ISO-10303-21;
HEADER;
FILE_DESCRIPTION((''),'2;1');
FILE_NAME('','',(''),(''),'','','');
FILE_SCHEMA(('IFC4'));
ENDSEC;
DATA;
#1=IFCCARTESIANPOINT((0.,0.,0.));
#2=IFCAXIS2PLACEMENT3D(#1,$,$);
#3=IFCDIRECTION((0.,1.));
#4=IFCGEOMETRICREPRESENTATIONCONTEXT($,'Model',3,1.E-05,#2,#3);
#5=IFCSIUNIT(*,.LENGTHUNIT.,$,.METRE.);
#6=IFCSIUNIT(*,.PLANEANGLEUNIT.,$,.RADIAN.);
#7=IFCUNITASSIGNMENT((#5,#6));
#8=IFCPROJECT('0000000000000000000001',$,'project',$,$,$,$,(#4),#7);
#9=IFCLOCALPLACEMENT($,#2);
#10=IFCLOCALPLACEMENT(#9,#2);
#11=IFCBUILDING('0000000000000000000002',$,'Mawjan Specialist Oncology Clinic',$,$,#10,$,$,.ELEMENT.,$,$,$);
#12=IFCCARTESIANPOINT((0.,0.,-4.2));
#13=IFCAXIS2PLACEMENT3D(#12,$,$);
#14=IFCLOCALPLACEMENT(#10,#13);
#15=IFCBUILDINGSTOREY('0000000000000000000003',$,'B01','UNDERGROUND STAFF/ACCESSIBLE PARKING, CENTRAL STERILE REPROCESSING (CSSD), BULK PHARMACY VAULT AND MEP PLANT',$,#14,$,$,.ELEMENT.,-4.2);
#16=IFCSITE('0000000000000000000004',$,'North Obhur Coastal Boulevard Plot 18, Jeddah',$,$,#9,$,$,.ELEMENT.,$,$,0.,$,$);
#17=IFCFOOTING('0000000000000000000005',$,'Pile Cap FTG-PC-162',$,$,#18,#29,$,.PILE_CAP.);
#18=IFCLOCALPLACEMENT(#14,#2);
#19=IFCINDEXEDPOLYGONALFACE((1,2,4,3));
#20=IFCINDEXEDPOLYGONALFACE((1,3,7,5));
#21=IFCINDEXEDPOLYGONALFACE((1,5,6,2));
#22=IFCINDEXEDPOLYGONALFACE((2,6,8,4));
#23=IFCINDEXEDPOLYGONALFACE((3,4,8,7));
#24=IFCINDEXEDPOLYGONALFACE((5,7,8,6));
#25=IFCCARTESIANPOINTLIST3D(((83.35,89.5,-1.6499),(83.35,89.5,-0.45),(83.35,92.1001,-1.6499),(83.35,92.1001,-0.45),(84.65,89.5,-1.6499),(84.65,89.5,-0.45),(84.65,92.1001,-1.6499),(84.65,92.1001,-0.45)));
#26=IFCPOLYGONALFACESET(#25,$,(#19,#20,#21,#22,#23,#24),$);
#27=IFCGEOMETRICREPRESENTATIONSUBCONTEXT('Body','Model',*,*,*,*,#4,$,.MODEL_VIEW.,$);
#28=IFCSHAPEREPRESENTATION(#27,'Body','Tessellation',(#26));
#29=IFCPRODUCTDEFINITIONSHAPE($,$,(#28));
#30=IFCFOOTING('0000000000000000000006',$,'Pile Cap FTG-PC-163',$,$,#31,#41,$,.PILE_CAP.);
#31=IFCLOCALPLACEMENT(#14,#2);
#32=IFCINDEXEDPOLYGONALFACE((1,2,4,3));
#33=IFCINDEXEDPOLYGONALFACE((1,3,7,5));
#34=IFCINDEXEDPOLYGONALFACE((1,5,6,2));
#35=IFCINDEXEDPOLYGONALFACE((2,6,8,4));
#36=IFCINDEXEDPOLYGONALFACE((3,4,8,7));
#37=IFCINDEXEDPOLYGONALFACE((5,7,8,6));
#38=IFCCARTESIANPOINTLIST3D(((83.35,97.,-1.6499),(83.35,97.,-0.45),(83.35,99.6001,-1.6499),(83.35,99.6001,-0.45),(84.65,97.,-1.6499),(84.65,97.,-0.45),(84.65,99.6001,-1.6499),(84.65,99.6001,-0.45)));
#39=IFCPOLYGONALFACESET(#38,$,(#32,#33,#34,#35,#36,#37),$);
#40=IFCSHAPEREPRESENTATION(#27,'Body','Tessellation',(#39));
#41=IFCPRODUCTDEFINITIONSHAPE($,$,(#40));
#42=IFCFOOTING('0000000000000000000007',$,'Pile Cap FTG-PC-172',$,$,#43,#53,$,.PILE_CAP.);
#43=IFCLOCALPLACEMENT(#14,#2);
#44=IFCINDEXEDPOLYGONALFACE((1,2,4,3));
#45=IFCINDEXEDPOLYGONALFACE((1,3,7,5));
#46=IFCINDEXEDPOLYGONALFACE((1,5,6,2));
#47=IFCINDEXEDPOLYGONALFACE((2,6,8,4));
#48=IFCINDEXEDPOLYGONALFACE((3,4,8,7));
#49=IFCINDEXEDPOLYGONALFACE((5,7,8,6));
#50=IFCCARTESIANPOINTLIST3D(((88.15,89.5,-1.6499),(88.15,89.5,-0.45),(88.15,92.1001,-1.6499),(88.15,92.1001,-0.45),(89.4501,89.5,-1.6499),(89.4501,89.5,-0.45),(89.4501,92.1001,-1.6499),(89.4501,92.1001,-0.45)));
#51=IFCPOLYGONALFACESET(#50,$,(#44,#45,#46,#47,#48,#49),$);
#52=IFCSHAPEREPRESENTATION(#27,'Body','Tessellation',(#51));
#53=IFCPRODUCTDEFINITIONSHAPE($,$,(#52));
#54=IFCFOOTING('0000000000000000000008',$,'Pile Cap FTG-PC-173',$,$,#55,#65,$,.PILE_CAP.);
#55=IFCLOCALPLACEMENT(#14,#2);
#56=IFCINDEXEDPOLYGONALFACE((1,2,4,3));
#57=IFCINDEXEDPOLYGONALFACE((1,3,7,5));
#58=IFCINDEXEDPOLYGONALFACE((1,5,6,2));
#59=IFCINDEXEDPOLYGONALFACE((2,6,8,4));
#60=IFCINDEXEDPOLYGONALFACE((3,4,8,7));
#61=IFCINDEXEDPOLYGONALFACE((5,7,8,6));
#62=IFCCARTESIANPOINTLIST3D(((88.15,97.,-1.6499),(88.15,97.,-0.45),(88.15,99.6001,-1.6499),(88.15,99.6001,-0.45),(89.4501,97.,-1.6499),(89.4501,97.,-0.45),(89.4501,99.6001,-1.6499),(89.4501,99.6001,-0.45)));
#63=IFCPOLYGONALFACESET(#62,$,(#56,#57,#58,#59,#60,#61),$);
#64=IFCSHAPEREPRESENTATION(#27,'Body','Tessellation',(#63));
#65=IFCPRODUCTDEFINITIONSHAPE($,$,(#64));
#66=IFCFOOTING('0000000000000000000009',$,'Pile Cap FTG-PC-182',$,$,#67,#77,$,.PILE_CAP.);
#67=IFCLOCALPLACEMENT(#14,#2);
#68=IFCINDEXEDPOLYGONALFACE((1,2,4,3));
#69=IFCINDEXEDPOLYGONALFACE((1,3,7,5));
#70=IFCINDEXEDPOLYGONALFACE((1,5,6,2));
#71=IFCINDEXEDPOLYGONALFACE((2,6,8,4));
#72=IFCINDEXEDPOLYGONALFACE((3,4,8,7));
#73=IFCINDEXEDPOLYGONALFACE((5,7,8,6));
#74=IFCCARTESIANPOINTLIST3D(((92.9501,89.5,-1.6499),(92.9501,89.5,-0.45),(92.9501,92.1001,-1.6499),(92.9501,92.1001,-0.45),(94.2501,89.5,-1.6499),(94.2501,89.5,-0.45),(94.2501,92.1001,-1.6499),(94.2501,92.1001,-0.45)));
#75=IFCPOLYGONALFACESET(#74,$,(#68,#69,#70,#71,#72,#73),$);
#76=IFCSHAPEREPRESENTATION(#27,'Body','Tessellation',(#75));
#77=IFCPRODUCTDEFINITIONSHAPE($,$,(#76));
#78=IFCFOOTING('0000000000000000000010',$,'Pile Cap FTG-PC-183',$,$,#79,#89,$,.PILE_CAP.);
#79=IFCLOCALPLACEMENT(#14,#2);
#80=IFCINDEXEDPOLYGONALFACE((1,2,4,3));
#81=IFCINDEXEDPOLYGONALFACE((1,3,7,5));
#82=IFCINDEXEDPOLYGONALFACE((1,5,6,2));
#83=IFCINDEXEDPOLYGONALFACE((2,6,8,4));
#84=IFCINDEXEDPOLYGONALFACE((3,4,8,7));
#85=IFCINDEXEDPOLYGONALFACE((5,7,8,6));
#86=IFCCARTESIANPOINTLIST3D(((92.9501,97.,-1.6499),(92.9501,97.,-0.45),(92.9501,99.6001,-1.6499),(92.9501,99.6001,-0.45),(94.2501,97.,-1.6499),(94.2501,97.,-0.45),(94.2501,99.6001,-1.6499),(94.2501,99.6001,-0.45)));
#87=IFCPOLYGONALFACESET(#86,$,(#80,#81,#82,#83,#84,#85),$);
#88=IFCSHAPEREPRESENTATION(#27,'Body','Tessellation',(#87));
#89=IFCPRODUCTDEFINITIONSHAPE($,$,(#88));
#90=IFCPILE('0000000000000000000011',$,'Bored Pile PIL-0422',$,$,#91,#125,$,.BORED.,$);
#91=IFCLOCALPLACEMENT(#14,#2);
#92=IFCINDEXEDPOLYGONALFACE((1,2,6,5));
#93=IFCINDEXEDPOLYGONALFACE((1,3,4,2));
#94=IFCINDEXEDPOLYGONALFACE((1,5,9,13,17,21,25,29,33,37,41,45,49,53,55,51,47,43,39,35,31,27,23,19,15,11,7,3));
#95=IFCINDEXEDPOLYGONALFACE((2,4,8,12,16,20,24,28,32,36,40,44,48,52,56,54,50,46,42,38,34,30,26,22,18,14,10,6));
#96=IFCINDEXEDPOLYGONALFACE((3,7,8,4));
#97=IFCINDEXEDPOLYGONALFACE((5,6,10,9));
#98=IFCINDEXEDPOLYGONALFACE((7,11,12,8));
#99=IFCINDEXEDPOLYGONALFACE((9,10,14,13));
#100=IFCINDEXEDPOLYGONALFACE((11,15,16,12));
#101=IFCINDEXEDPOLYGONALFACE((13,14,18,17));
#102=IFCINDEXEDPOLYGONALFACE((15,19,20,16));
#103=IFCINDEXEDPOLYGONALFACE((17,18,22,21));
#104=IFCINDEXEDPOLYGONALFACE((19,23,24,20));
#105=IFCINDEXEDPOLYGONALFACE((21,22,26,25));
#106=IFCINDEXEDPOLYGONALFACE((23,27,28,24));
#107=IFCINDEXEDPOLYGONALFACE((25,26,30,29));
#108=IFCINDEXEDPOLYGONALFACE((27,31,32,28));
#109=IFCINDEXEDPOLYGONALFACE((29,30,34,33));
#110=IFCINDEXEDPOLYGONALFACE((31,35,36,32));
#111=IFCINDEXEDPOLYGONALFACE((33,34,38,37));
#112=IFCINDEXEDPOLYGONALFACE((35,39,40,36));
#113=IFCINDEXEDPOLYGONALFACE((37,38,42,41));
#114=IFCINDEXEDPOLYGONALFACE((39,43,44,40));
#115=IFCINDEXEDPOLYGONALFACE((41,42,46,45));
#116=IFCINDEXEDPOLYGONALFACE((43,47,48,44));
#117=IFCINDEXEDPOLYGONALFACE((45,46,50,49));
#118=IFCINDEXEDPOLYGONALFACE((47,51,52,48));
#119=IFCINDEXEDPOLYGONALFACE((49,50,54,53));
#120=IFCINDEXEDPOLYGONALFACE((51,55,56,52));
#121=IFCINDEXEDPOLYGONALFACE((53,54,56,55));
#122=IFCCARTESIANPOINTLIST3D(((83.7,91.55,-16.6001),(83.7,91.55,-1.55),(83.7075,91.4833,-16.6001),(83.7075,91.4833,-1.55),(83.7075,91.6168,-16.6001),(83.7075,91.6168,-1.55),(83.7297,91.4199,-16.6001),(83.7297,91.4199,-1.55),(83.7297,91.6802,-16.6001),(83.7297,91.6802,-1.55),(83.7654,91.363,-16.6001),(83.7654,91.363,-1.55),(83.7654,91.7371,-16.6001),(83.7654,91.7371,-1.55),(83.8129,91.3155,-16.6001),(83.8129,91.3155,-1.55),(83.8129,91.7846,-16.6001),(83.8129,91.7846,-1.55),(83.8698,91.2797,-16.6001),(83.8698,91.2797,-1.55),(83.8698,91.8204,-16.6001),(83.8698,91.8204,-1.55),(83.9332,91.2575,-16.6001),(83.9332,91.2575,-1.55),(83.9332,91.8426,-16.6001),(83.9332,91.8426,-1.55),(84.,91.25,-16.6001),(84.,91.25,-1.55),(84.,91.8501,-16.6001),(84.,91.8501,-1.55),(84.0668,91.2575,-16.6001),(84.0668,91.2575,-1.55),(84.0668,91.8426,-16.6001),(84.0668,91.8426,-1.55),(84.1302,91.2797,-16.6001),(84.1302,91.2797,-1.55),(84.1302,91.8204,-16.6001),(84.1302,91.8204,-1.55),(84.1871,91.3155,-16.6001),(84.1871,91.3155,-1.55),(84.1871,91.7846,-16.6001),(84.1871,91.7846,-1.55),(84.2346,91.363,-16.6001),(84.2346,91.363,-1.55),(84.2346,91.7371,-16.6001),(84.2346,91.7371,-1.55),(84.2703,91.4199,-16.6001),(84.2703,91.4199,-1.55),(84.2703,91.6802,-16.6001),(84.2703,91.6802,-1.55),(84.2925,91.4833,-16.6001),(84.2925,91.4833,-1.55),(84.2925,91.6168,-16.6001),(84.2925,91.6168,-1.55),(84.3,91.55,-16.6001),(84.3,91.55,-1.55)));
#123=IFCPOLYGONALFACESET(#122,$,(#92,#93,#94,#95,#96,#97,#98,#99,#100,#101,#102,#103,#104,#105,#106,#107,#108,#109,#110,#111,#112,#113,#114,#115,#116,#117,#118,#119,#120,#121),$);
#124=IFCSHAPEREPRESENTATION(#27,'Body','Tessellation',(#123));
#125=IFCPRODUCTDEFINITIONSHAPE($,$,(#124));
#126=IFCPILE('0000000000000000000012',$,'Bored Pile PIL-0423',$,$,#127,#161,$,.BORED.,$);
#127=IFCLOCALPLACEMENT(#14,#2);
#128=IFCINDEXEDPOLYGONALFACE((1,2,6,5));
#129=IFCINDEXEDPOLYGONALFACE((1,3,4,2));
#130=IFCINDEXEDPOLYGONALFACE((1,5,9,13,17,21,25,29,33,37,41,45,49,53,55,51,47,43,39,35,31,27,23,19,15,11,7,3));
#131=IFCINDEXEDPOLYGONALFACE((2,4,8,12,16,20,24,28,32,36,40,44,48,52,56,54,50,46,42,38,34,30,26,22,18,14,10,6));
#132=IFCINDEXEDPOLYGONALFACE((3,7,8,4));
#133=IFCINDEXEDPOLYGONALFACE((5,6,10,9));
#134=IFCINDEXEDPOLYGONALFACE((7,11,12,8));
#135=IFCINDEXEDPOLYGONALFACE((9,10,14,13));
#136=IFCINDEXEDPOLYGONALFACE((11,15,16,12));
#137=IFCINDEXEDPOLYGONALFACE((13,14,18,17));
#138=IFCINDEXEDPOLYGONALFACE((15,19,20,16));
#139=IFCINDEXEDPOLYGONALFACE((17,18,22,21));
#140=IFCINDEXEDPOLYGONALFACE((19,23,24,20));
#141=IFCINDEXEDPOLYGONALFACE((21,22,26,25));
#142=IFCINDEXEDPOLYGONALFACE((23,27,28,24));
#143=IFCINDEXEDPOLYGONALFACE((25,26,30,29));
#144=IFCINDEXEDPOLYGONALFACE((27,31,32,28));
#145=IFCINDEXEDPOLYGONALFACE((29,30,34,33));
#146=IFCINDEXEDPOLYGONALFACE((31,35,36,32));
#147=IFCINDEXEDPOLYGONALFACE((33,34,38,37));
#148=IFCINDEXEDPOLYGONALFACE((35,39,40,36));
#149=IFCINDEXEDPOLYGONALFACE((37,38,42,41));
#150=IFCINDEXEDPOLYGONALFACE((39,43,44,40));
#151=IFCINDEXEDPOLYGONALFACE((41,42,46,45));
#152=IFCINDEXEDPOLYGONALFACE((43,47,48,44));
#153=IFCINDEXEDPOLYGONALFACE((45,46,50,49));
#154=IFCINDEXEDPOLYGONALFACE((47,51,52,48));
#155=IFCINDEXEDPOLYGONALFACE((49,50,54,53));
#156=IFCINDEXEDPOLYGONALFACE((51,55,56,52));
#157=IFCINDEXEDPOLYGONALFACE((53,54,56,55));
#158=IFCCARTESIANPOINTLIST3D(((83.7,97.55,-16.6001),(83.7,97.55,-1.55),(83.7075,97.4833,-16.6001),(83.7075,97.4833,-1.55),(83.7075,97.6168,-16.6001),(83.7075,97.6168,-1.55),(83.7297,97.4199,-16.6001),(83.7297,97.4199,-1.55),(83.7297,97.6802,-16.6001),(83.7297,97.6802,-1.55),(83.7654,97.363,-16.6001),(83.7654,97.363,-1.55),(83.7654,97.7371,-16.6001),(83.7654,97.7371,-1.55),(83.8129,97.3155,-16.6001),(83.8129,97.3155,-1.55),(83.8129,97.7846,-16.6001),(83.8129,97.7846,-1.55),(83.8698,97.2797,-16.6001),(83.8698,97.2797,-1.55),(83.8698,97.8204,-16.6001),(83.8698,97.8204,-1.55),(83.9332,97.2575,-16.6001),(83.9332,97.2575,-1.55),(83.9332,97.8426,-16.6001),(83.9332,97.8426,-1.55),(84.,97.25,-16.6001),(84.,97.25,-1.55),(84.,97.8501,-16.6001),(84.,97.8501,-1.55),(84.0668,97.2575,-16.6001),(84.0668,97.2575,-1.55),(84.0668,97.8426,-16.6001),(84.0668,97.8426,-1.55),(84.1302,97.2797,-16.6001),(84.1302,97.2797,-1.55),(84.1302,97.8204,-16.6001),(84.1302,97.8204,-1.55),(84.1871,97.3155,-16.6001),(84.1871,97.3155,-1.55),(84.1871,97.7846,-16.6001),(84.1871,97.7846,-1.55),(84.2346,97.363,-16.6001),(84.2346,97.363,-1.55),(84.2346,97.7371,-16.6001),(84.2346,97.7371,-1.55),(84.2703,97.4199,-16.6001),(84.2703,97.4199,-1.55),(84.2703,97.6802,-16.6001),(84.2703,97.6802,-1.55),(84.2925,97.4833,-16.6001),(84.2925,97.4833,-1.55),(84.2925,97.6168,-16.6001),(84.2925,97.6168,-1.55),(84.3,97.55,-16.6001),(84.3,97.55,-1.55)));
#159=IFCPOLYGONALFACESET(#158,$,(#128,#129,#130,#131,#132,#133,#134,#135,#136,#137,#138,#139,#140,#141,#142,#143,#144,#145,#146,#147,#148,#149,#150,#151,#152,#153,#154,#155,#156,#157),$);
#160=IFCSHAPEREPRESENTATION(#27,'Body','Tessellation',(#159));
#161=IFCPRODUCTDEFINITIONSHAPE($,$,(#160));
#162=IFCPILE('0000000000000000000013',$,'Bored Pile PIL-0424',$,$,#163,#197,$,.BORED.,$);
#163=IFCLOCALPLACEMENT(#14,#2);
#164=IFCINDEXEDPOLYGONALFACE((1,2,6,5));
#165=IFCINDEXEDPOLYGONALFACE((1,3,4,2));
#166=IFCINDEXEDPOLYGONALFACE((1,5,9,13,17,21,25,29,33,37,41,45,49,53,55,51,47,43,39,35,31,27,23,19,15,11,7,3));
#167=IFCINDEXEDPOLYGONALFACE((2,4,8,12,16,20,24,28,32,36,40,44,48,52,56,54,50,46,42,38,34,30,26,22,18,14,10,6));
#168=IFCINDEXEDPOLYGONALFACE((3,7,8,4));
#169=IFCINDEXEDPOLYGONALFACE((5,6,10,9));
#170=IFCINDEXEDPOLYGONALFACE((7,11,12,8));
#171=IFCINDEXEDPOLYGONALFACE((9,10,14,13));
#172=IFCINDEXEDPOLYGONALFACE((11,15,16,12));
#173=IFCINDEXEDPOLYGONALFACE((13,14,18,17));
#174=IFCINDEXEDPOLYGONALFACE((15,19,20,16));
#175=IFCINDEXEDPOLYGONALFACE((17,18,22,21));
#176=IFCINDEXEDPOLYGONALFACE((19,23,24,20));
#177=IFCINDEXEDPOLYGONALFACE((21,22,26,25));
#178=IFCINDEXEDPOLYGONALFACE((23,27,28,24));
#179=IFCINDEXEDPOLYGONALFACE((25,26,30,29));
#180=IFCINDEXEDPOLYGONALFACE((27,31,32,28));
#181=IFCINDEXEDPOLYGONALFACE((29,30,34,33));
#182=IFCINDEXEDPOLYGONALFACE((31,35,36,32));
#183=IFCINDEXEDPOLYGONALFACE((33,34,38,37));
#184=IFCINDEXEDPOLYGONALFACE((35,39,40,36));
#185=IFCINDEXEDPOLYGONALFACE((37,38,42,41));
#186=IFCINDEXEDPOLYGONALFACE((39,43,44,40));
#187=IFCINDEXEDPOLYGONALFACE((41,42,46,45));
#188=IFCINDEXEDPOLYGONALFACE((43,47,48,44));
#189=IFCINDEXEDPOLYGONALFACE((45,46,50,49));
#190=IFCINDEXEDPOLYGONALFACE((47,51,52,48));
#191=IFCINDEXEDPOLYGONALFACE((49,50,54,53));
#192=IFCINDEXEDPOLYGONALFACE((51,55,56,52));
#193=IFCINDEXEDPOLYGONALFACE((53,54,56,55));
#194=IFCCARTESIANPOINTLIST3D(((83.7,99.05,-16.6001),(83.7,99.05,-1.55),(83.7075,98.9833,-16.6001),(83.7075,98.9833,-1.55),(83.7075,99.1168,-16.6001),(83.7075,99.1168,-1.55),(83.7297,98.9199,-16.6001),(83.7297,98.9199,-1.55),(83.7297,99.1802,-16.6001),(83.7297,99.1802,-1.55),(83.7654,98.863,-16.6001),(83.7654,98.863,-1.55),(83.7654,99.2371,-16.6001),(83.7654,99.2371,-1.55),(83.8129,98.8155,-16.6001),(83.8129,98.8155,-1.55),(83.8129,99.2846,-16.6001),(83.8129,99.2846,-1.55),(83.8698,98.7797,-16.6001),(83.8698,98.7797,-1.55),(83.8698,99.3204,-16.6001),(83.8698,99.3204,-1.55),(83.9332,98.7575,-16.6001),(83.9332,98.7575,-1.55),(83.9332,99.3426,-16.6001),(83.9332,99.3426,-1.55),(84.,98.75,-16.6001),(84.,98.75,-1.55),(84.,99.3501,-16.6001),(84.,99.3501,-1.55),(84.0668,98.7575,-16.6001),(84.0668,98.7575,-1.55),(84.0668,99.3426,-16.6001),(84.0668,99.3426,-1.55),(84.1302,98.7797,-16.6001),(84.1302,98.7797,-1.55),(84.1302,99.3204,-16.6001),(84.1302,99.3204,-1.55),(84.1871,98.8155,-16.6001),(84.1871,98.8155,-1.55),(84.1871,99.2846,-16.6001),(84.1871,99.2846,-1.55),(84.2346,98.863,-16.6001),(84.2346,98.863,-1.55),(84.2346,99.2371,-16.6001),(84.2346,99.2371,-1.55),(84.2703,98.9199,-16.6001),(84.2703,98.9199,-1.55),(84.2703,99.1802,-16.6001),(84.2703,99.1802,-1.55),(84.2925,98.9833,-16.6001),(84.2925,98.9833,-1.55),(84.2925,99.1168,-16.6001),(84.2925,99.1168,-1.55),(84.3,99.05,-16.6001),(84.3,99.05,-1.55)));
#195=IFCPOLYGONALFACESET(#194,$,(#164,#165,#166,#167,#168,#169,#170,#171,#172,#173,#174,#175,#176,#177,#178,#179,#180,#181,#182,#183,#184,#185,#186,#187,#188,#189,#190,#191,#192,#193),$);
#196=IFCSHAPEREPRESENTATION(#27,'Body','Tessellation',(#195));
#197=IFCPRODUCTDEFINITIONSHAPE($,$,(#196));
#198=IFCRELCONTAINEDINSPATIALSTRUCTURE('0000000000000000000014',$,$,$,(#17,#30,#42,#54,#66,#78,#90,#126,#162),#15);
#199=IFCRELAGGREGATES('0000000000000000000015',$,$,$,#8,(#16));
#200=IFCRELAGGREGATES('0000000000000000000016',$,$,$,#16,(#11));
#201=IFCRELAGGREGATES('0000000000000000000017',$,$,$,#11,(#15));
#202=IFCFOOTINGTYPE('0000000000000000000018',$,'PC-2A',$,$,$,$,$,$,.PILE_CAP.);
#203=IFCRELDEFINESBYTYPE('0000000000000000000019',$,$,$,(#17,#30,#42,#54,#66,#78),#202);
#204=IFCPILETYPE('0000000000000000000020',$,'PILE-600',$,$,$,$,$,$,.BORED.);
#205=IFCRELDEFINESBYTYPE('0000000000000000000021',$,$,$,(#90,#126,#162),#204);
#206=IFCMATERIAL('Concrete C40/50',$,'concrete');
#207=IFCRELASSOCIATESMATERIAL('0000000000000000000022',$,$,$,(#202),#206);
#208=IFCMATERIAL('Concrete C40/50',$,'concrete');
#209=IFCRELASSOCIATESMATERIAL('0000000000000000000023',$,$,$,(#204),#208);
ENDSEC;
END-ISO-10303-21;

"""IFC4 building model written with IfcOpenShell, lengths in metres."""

from ifc_helpers import new_model, si_unit, direction, frame, origin, origin_2d, place, context, subcontext, project, spatial, rectangle, circle, extrude, material, material_profile, profile_set, type_object, element, save


model = new_model("IFC4")

# Units and contexts
model_context = context("Model", 3, precision=1e-05, world=origin(), true_north=direction((0.0, 1.0)))
body_context = subcontext(model_context, "Body", "Model", "MODEL_VIEW")
ifc_project = project(units=[si_unit("LENGTHUNIT", "METRE"), si_unit("PLANEANGLEUNIT", "RADIAN")], contexts=[model_context])

# Site, building, storey
site_placement = place(None, origin())
site = spatial("IfcSite", under=ifc_project, at=site_placement, Name="North Obhur Coastal Boulevard Plot 18, Jeddah", CompositionType="ELEMENT", RefElevation=0.0)
building_placement = place(site_placement, origin())
building = spatial("IfcBuilding", under=site, at=building_placement, Name="Mawjan Specialist Oncology Clinic", CompositionType="ELEMENT")
storey_placement = place(building_placement, frame((0.0, 0.0, -4.2)))
storey = spatial("IfcBuildingStorey", under=building, at=storey_placement, Name="B01", Description="UNDERGROUND STAFF/ACCESSIBLE PARKING, CENTRAL STERILE REPROCESSING (CSSD), BULK PHARMACY VAULT AND MEP PLANT", CompositionType="ELEMENT", Elevation=-4.2)

# Footings
ifc_material_1 = material(Name="Concrete C40/50", Category="concrete")
footing_type_1 = type_object("IfcFootingType", Name="PC-2A", PredefinedType="PILE_CAP", material=ifc_material_1)
for number, where, z_axis, x_axis, name in (
    (1, (84.0, 90.8, -1.6499), (0.0, 0.0, 1.0), (0.0, 1.0, 0.0), "Pile Cap FTG-PC-162"),
    (2, (84.0, 98.3, -1.6499), (0.0, 0.0, 1.0), (0.0, 1.0, 0.0), "Pile Cap FTG-PC-163"),
    (3, (88.8, 90.8, -1.6499), (0.0, 0.0, 1.0), (0.0, 1.0, 0.0), "Pile Cap FTG-PC-172"),
    (4, (88.8, 98.3, -1.6499), (0.0, 0.0, 1.0), (0.0, 1.0, 0.0), "Pile Cap FTG-PC-173"),
    (5, (93.6001, 90.8, -1.6499), (0.0, 0.0, 1.0), (0.0, 1.0, 0.0), "Pile Cap FTG-PC-182"),
    (6, (93.6001, 98.3, -1.6499), (0.0, 0.0, 1.0), (0.0, 1.0, 0.0), "Pile Cap FTG-PC-183"),
):
    element("IfcFooting", number, at=place(storey_placement, frame(where, z_axis=z_axis, x_axis=x_axis)), inside=storey, type_object=footing_type_1, Name=name, PredefinedType="PILE_CAP", context=body_context, shape_type="SweptSolid", body=[
        extrude(rectangle(XDim=2.6001, YDim=1.3, at=origin_2d()), origin(), (0.0, 0.0, 1.0), 1.2),
    ])

# Piles
ifc_material_2 = material(Name="Concrete C40/50", Category="concrete")
ifc_material_profile_1 = material_profile(ifc_material_2, circle(Radius=0.3, at=origin_2d()), Name="BORED PILE D600", Category="concrete")
ifc_profile_set_1 = profile_set([ifc_material_profile_1], Name="Concrete C40/50")
pile_type = type_object("IfcPileType", Name="PILE-600", PredefinedType="BORED", material=ifc_profile_set_1)
for number, where, z_axis, x_axis, name in (
    (7, (84.0, 91.55, -1.55), (0.0, 0.0, -1.0), (1.0, 0.0, 0.0), "Bored Pile PIL-0422"),
    (8, (84.0, 97.55, -1.55), (0.0, 0.0, -1.0), (1.0, 0.0, 0.0), "Bored Pile PIL-0423"),
    (9, (84.0, 99.05, -1.55), (0.0, 0.0, -1.0), (1.0, 0.0, 0.0), "Bored Pile PIL-0424"),
):
    element("IfcPile", number, at=place(storey_placement, frame(where, z_axis=z_axis, x_axis=x_axis)), inside=storey, type_object=pile_type, Name=name, PredefinedType="BORED", context=body_context, shape_type="SweptSolid", body=[
        extrude(circle(Radius=0.3, at=origin_2d()), origin(), (0.0, 0.0, 1.0), 15.05),
    ])

save(model, "model.ifc")
